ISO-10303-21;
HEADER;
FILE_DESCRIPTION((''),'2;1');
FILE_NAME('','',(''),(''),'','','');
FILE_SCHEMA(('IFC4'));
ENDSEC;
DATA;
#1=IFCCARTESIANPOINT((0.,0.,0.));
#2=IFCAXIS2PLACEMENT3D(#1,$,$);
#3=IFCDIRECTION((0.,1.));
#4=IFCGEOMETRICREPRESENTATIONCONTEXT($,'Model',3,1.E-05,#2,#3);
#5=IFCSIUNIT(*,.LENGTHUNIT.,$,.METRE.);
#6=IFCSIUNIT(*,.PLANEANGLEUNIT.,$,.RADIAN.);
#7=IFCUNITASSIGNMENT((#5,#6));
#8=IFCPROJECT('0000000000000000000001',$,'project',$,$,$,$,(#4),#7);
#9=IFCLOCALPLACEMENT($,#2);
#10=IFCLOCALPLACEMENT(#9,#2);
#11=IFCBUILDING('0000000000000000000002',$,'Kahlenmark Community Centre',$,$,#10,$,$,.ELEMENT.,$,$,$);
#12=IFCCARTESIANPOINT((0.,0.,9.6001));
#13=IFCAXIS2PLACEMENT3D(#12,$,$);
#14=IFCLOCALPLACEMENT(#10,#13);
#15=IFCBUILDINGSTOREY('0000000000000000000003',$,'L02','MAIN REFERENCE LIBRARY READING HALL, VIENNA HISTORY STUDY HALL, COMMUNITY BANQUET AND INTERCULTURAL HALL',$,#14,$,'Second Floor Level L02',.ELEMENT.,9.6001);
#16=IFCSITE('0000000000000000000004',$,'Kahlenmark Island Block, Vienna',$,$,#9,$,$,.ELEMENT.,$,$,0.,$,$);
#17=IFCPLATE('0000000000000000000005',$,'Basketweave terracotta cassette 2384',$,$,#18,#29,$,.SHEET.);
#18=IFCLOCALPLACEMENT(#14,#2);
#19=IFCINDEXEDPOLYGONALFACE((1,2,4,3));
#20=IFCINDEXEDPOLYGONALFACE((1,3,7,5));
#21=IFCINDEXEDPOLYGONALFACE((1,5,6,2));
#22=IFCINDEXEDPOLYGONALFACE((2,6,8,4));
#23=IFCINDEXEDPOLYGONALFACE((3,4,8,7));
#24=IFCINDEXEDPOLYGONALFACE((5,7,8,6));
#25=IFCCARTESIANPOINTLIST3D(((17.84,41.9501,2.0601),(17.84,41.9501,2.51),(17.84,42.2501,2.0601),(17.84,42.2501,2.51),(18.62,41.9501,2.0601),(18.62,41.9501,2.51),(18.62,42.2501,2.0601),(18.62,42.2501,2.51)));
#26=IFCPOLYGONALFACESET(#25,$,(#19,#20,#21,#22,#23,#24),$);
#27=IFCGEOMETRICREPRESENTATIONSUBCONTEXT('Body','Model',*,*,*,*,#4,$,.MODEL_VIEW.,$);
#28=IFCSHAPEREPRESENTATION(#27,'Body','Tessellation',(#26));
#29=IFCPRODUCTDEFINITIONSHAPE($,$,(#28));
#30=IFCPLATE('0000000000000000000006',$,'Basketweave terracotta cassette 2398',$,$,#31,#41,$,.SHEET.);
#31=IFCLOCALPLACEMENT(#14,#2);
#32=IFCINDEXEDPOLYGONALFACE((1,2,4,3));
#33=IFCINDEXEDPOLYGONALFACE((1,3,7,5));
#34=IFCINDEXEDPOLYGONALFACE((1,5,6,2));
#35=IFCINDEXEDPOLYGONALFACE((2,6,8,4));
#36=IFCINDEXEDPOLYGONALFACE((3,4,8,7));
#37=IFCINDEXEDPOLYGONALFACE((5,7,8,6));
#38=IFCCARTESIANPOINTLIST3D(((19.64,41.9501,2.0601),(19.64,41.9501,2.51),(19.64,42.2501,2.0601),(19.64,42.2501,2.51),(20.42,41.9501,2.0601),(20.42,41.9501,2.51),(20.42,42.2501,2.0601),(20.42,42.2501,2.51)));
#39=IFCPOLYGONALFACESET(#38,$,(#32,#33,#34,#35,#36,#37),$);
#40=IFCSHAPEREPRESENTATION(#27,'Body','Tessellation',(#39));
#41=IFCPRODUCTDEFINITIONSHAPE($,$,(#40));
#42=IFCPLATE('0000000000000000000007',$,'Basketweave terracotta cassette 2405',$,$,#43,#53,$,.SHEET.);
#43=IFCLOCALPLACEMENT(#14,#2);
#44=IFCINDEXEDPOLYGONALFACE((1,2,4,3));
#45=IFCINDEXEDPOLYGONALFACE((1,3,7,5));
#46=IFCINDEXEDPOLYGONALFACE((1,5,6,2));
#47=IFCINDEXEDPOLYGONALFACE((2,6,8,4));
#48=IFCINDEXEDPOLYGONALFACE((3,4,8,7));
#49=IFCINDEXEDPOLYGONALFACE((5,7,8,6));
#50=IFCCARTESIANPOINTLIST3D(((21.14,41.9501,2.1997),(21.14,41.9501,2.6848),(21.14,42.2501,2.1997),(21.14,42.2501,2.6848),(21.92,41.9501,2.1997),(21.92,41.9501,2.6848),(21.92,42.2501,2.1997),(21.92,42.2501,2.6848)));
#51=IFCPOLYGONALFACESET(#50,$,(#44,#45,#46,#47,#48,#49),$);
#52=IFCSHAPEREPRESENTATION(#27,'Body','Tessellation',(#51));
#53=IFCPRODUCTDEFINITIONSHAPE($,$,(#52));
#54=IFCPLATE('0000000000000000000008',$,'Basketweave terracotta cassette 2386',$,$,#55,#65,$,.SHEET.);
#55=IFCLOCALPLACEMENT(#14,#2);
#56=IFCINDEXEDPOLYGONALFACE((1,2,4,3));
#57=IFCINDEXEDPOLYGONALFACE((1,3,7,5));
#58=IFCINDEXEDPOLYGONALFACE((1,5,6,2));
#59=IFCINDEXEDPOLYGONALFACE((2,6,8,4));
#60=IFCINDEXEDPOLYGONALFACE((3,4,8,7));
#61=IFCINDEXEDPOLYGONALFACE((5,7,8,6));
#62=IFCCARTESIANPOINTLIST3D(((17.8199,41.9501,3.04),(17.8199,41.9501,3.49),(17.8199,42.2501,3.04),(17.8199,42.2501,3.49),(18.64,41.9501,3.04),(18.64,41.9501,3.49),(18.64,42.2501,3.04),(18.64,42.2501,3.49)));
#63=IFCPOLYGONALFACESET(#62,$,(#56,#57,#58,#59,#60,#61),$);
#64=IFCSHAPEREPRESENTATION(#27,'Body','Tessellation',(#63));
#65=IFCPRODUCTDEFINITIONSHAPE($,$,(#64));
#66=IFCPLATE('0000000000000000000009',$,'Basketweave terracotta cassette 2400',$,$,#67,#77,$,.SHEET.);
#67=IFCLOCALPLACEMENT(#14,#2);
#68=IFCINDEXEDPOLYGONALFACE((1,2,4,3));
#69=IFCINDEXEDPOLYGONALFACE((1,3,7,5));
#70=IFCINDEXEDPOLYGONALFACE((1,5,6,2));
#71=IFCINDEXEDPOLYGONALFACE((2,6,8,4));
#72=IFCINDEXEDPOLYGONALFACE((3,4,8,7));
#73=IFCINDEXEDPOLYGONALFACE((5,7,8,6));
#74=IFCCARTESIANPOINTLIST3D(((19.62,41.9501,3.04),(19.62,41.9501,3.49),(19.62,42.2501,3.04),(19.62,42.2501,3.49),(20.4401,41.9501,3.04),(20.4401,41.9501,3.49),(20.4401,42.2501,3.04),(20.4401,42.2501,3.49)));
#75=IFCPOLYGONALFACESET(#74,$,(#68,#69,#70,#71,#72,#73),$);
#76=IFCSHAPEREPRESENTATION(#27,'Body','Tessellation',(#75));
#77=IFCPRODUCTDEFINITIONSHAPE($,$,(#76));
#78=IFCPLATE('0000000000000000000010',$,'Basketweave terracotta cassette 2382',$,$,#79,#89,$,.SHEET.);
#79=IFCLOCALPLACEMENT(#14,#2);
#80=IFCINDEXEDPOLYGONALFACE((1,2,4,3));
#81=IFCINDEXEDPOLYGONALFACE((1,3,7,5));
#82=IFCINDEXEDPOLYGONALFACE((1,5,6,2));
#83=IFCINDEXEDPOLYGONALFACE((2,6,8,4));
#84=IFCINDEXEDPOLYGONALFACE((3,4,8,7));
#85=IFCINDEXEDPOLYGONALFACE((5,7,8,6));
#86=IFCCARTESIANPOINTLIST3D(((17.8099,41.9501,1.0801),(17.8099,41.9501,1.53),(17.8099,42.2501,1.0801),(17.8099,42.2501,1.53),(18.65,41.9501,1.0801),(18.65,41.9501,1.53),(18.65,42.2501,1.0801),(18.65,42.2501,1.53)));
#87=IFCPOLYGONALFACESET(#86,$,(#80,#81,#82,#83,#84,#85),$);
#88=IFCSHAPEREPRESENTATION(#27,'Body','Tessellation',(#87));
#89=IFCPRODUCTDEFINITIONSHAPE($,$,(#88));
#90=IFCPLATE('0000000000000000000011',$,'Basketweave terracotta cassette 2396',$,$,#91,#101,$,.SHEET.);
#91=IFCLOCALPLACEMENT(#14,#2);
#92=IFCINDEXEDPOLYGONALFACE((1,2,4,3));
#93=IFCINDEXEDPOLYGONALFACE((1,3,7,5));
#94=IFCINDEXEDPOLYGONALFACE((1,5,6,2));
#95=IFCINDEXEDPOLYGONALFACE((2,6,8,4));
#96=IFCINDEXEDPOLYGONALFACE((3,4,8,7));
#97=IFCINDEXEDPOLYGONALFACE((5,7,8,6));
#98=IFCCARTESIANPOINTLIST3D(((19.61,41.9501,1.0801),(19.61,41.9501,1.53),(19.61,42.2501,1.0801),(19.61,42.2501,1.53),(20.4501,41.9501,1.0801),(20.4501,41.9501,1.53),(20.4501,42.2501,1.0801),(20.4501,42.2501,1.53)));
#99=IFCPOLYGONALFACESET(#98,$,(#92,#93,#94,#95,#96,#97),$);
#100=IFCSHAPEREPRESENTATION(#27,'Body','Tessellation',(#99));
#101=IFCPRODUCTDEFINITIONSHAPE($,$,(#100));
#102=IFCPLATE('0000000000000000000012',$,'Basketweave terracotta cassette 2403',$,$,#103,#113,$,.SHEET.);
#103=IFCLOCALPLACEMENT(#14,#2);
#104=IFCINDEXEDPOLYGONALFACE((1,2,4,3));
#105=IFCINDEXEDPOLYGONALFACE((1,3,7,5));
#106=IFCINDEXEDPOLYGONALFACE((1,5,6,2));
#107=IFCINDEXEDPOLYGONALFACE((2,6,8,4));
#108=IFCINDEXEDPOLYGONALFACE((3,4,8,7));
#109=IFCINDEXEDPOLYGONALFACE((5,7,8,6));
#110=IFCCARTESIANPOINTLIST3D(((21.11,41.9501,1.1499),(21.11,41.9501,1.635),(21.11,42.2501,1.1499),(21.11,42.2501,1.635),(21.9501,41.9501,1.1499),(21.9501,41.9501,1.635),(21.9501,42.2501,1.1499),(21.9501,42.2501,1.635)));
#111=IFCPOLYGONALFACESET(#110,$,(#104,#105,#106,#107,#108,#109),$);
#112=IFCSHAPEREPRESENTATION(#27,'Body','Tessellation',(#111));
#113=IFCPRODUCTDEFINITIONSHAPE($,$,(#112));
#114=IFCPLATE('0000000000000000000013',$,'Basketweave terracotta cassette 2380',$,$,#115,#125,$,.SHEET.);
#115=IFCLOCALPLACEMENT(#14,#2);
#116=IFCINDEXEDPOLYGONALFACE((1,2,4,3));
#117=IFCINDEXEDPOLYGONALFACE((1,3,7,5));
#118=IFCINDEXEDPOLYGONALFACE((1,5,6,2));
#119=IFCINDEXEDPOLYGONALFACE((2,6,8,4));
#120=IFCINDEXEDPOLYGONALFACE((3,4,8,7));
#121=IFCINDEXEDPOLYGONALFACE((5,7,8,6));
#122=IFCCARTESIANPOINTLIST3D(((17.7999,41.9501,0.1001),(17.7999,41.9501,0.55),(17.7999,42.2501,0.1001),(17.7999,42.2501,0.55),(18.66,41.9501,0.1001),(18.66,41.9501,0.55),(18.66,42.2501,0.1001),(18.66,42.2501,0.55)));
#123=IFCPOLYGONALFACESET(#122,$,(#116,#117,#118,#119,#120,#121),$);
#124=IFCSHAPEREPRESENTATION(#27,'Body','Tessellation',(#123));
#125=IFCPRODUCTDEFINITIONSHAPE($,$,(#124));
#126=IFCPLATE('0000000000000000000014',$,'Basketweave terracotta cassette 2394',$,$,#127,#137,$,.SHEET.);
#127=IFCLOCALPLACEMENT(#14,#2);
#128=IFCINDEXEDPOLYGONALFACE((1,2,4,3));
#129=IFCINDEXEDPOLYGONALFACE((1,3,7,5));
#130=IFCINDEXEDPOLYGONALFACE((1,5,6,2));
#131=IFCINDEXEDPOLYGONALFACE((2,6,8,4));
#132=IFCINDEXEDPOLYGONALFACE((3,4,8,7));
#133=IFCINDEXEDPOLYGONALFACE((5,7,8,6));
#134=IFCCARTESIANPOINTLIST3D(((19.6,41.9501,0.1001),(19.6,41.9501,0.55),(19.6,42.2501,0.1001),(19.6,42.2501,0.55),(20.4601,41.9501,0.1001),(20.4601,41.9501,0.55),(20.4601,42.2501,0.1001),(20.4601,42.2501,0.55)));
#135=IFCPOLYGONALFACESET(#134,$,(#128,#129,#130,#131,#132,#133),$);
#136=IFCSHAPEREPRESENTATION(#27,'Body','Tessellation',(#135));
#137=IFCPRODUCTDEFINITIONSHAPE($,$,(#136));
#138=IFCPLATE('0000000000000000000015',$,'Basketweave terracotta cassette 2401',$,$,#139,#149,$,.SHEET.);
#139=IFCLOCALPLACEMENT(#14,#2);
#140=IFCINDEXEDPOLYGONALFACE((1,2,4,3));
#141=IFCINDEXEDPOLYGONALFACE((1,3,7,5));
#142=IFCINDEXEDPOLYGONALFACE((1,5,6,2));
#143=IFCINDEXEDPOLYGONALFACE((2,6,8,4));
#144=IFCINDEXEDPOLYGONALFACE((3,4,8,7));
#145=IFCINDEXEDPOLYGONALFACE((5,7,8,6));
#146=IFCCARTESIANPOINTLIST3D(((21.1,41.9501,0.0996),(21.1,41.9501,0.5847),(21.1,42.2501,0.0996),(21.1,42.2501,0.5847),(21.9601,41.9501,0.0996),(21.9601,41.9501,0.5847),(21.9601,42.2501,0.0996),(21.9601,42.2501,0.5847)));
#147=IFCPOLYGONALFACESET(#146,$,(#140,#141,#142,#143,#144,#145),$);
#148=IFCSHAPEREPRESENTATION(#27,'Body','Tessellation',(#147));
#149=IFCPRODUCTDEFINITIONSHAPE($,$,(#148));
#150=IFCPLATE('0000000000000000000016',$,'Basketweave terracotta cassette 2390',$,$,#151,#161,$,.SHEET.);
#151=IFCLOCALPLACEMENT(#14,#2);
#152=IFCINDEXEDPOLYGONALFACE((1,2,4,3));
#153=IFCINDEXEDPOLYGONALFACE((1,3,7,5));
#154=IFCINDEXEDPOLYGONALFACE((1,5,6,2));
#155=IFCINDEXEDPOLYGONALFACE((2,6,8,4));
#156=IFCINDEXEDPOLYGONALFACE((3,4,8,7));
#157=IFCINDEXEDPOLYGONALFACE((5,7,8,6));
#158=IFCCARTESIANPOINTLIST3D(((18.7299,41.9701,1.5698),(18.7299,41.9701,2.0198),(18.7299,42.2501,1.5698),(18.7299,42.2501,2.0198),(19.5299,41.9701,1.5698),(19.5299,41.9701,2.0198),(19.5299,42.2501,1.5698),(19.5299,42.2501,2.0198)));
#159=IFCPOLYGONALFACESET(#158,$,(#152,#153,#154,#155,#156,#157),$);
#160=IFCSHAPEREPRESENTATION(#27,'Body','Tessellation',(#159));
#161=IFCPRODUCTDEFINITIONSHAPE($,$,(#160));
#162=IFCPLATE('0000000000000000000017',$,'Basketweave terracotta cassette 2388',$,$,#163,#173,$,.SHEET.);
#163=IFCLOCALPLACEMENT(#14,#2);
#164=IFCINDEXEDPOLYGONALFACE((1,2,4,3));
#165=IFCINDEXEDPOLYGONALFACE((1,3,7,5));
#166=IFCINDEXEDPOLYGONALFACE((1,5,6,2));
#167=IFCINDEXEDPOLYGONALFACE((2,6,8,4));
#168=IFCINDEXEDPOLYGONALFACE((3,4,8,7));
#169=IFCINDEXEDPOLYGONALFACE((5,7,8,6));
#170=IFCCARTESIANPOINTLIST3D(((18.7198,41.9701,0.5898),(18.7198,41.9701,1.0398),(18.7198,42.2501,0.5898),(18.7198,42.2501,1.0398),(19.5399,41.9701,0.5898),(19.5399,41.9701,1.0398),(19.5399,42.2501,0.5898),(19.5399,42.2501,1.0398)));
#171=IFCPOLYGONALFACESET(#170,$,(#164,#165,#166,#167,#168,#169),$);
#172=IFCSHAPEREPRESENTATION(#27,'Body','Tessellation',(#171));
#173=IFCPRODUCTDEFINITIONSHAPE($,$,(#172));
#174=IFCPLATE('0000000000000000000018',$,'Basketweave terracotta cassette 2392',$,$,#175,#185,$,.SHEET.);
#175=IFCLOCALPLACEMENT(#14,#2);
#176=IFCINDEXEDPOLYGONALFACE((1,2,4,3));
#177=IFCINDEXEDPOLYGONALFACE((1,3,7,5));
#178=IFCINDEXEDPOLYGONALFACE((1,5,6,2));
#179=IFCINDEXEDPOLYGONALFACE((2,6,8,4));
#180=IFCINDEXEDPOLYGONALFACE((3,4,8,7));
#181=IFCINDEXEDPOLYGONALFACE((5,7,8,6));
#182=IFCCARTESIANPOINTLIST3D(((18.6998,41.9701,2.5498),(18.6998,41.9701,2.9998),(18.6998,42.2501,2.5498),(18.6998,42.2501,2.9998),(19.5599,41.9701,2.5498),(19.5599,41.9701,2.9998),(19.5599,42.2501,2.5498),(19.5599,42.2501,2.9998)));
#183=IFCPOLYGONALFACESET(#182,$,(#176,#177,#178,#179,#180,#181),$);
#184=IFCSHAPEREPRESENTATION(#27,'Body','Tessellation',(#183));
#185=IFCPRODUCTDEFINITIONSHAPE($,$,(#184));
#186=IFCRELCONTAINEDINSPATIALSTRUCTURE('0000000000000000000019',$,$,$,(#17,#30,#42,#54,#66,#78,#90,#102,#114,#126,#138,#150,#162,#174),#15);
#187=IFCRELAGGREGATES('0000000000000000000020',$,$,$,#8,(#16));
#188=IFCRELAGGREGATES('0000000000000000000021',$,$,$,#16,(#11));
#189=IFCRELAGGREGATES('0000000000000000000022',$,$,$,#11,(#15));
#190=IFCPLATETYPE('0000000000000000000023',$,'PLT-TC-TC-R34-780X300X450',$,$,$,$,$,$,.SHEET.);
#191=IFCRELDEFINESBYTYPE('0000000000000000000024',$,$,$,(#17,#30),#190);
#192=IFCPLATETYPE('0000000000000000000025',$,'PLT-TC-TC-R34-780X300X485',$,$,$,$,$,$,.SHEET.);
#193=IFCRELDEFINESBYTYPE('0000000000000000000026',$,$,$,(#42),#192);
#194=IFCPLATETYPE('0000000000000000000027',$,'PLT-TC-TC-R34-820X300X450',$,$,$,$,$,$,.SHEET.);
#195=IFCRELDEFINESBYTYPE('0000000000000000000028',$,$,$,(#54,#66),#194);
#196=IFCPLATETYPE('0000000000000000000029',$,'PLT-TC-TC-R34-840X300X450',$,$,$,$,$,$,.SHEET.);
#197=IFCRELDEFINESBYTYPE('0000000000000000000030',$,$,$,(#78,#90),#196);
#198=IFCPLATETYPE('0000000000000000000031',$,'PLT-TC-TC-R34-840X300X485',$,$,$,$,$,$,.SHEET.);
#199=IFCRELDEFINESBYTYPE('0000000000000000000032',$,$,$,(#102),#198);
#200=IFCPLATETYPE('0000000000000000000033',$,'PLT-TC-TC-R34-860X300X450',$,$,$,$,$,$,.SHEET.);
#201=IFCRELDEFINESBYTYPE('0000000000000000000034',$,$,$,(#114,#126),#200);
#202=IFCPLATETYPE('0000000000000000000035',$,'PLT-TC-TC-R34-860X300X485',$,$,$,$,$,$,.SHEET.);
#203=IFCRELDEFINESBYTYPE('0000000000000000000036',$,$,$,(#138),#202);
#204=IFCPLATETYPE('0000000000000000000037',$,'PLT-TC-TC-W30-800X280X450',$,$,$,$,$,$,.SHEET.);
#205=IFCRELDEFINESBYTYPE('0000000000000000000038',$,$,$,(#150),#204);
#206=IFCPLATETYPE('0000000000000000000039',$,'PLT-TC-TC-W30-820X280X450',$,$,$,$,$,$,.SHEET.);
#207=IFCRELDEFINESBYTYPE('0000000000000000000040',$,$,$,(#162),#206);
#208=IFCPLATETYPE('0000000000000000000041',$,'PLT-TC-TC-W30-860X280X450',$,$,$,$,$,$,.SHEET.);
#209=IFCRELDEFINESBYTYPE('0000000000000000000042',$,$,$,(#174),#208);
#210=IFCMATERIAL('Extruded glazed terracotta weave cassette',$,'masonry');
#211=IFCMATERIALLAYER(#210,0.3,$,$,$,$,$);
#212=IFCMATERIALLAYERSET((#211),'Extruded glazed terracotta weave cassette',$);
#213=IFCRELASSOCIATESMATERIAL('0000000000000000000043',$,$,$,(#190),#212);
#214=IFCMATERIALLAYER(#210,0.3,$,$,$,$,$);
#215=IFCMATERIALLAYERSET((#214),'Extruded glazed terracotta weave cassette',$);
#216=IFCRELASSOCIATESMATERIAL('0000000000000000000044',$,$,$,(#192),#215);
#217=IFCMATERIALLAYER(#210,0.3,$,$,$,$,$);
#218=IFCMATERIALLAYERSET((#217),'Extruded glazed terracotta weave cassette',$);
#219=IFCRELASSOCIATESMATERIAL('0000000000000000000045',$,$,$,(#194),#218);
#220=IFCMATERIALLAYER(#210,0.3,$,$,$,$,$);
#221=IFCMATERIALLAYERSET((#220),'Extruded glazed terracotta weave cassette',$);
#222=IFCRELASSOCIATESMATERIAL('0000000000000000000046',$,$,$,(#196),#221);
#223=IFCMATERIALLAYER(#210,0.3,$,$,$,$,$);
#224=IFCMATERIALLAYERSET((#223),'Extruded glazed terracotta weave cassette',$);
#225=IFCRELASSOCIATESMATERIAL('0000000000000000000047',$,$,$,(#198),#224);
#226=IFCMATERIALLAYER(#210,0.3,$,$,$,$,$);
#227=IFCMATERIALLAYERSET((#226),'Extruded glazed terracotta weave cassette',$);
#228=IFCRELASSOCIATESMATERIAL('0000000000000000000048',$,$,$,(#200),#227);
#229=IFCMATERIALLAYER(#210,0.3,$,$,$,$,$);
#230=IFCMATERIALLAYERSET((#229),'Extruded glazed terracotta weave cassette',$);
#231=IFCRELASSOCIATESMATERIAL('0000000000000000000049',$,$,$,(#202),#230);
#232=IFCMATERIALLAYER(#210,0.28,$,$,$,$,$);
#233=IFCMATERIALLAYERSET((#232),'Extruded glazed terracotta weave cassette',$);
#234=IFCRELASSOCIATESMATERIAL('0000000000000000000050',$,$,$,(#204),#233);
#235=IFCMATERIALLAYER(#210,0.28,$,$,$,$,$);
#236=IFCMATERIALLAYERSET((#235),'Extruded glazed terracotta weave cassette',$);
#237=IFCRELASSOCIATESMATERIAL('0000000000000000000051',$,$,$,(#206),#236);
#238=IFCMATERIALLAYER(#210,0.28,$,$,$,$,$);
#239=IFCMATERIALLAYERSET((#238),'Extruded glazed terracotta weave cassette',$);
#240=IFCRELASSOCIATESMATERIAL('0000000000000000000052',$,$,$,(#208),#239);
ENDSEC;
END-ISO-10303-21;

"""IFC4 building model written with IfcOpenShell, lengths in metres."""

from ifc_helpers import new_model, si_unit, direction, frame, origin, origin_2d, place, context, subcontext, project, spatial, rectangle, extrude, material, layer, layer_set, type_object, element, save


model = new_model("IFC4")

# Units and contexts
model_context = context("Model", 3, precision=1e-05, world=origin(), true_north=direction((0.0, 1.0)))
body_context = subcontext(model_context, "Body", "Model", "MODEL_VIEW")
ifc_project = project(units=[si_unit("LENGTHUNIT", "METRE"), si_unit("PLANEANGLEUNIT", "RADIAN")], contexts=[model_context])

# Site, building, storey
site_placement = place(None, origin())
site = spatial("IfcSite", under=ifc_project, at=site_placement, Name="Kahlenmark Island Block, Vienna", CompositionType="ELEMENT", RefElevation=0.0)
building_placement = place(site_placement, origin())
building = spatial("IfcBuilding", under=site, at=building_placement, Name="Kahlenmark Community Centre", CompositionType="ELEMENT")
storey_placement = place(building_placement, frame((0.0, 0.0, 9.6001)))
storey = spatial("IfcBuildingStorey", under=building, at=storey_placement, Name="L02", Description="MAIN REFERENCE LIBRARY READING HALL, VIENNA HISTORY STUDY HALL, COMMUNITY BANQUET AND INTERCULTURAL HALL", LongName="Second Floor Level L02", CompositionType="ELEMENT", Elevation=9.6001)

# Plates
ifc_material_1 = material(Name="Extruded glazed terracotta weave cassette", Category="masonry")
ifc_layer_1 = layer(ifc_material_1, 0.3)
ifc_layer_set_1 = layer_set([ifc_layer_1], Name="Extruded glazed terracotta weave cassette")
plate_type_1 = type_object("IfcPlateType", Name="PLT-TC-TC-R34-780X300X450", PredefinedType="SHEET", material=ifc_layer_set_1)
for number, where, z_axis, x_axis, name in (
    (1, (18.23, 42.1001, 2.0601), (0.0, 0.0, 1.0), (1.0, 0.0, 0.0), "Basketweave terracotta cassette 2384"),
    (2, (20.03, 42.1001, 2.0601), (0.0, 0.0, 1.0), (1.0, 0.0, 0.0), "Basketweave terracotta cassette 2398"),
):
    element("IfcPlate", number, at=place(storey_placement, frame(where, z_axis=z_axis, x_axis=x_axis)), inside=storey, type_object=plate_type_1, Name=name, PredefinedType="SHEET", context=body_context, shape_type="SweptSolid", body=[
        extrude(rectangle(XDim=0.78, YDim=0.3, at=origin_2d()), origin(), (0.0, 0.0, 1.0), 0.45),
    ])
ifc_layer_2 = layer(ifc_material_1, 0.3)
ifc_layer_set_2 = layer_set([ifc_layer_2], Name="Extruded glazed terracotta weave cassette")
plate_type_2 = type_object("IfcPlateType", Name="PLT-TC-TC-R34-780X300X485", PredefinedType="SHEET", material=ifc_layer_set_2)
plate_1_placement = place(storey_placement, frame((21.53, 42.1001, 2.1997), z_axis=(0.0, 0.0, 1.0), x_axis=(1.0, 0.0, 0.0)))
element("IfcPlate", 3, at=plate_1_placement, inside=storey, type_object=plate_type_2, Name="Basketweave terracotta cassette 2405", PredefinedType="SHEET", context=body_context, shape_type="SweptSolid", body=[
    extrude(rectangle(XDim=0.78, YDim=0.3, at=origin_2d()), origin(), (0.0, 0.0, 1.0), 0.4851),
])
ifc_layer_3 = layer(ifc_material_1, 0.3)
ifc_layer_set_3 = layer_set([ifc_layer_3], Name="Extruded glazed terracotta weave cassette")
plate_type_3 = type_object("IfcPlateType", Name="PLT-TC-TC-R34-820X300X450", PredefinedType="SHEET", material=ifc_layer_set_3)
for number, where, z_axis, x_axis, name in (
    (4, (18.23, 42.1001, 3.04), (0.0, 0.0, 1.0), (1.0, 0.0, 0.0), "Basketweave terracotta cassette 2386"),
    (5, (20.03, 42.1001, 3.04), (0.0, 0.0, 1.0), (1.0, 0.0, 0.0), "Basketweave terracotta cassette 2400"),
):
    element("IfcPlate", number, at=place(storey_placement, frame(where, z_axis=z_axis, x_axis=x_axis)), inside=storey, type_object=plate_type_3, Name=name, PredefinedType="SHEET", context=body_context, shape_type="SweptSolid", body=[
        extrude(rectangle(XDim=0.8201, YDim=0.3, at=origin_2d()), origin(), (0.0, 0.0, 1.0), 0.45),
    ])
ifc_layer_4 = layer(ifc_material_1, 0.3)
ifc_layer_set_4 = layer_set([ifc_layer_4], Name="Extruded glazed terracotta weave cassette")
plate_type_4 = type_object("IfcPlateType", Name="PLT-TC-TC-R34-840X300X450", PredefinedType="SHEET", material=ifc_layer_set_4)
for number, where, z_axis, x_axis, name in (
    (6, (18.23, 42.1001, 1.0801), (0.0, 0.0, 1.0), (1.0, 0.0, 0.0), "Basketweave terracotta cassette 2382"),
    (7, (20.03, 42.1001, 1.0801), (0.0, 0.0, 1.0), (1.0, 0.0, 0.0), "Basketweave terracotta cassette 2396"),
):
    element("IfcPlate", number, at=place(storey_placement, frame(where, z_axis=z_axis, x_axis=x_axis)), inside=storey, type_object=plate_type_4, Name=name, PredefinedType="SHEET", context=body_context, shape_type="SweptSolid", body=[
        extrude(rectangle(XDim=0.8401, YDim=0.3, at=origin_2d()), origin(), (0.0, 0.0, 1.0), 0.45),
    ])
ifc_layer_5 = layer(ifc_material_1, 0.3)
ifc_layer_set_5 = layer_set([ifc_layer_5], Name="Extruded glazed terracotta weave cassette")
plate_type_5 = type_object("IfcPlateType", Name="PLT-TC-TC-R34-840X300X485", PredefinedType="SHEET", material=ifc_layer_set_5)
plate_2_placement = place(storey_placement, frame((21.53, 42.1001, 1.1499), z_axis=(0.0, 0.0, 1.0), x_axis=(1.0, 0.0, 0.0)))
element("IfcPlate", 8, at=plate_2_placement, inside=storey, type_object=plate_type_5, Name="Basketweave terracotta cassette 2403", PredefinedType="SHEET", context=body_context, shape_type="SweptSolid", body=[
    extrude(rectangle(XDim=0.8401, YDim=0.3, at=origin_2d()), origin(), (0.0, 0.0, 1.0), 0.4851),
])
ifc_layer_6 = layer(ifc_material_1, 0.3)
ifc_layer_set_6 = layer_set([ifc_layer_6], Name="Extruded glazed terracotta weave cassette")
plate_type_6 = type_object("IfcPlateType", Name="PLT-TC-TC-R34-860X300X450", PredefinedType="SHEET", material=ifc_layer_set_6)
for number, where, z_axis, x_axis, name in (
    (9, (18.23, 42.1001, 0.1001), (0.0, 0.0, 1.0), (1.0, 0.0, 0.0), "Basketweave terracotta cassette 2380"),
    (10, (20.03, 42.1001, 0.1001), (0.0, 0.0, 1.0), (1.0, 0.0, 0.0), "Basketweave terracotta cassette 2394"),
):
    element("IfcPlate", number, at=place(storey_placement, frame(where, z_axis=z_axis, x_axis=x_axis)), inside=storey, type_object=plate_type_6, Name=name, PredefinedType="SHEET", context=body_context, shape_type="SweptSolid", body=[
        extrude(rectangle(XDim=0.8601, YDim=0.3, at=origin_2d()), origin(), (0.0, 0.0, 1.0), 0.45),
    ])
ifc_layer_7 = layer(ifc_material_1, 0.3)
ifc_layer_set_7 = layer_set([ifc_layer_7], Name="Extruded glazed terracotta weave cassette")
plate_type_7 = type_object("IfcPlateType", Name="PLT-TC-TC-R34-860X300X485", PredefinedType="SHEET", material=ifc_layer_set_7)
plate_3_placement = place(storey_placement, frame((21.53, 42.1001, 0.0996), z_axis=(0.0, 0.0, 1.0), x_axis=(1.0, 0.0, 0.0)))
element("IfcPlate", 11, at=plate_3_placement, inside=storey, type_object=plate_type_7, Name="Basketweave terracotta cassette 2401", PredefinedType="SHEET", context=body_context, shape_type="SweptSolid", body=[
    extrude(rectangle(XDim=0.8601, YDim=0.3, at=origin_2d()), origin(), (0.0, 0.0, 1.0), 0.4851),
])
ifc_layer_8 = layer(ifc_material_1, 0.28)
ifc_layer_set_8 = layer_set([ifc_layer_8], Name="Extruded glazed terracotta weave cassette")
plate_type_8 = type_object("IfcPlateType", Name="PLT-TC-TC-W30-800X280X450", PredefinedType="SHEET", material=ifc_layer_set_8)
plate_4_placement = place(storey_placement, frame((19.1299, 42.1101, 1.5698), z_axis=(0.0, 0.0, 1.0), x_axis=(1.0, 0.0, 0.0)))
element("IfcPlate", 12, at=plate_4_placement, inside=storey, type_object=plate_type_8, Name="Basketweave terracotta cassette 2390", PredefinedType="SHEET", context=body_context, shape_type="SweptSolid", body=[
    extrude(rectangle(XDim=0.8, YDim=0.28, at=origin_2d()), origin(), (0.0, 0.0, 1.0), 0.45),
])
ifc_layer_9 = layer(ifc_material_1, 0.28)
ifc_layer_set_9 = layer_set([ifc_layer_9], Name="Extruded glazed terracotta weave cassette")
plate_type_9 = type_object("IfcPlateType", Name="PLT-TC-TC-W30-820X280X450", PredefinedType="SHEET", material=ifc_layer_set_9)
plate_5_placement = place(storey_placement, frame((19.1299, 42.1101, 0.5898), z_axis=(0.0, 0.0, 1.0), x_axis=(1.0, 0.0, 0.0)))
element("IfcPlate", 13, at=plate_5_placement, inside=storey, type_object=plate_type_9, Name="Basketweave terracotta cassette 2388", PredefinedType="SHEET", context=body_context, shape_type="SweptSolid", body=[
    extrude(rectangle(XDim=0.8201, YDim=0.28, at=origin_2d()), origin(), (0.0, 0.0, 1.0), 0.45),
])
ifc_layer_10 = layer(ifc_material_1, 0.28)
ifc_layer_set_10 = layer_set([ifc_layer_10], Name="Extruded glazed terracotta weave cassette")
plate_type_10 = type_object("IfcPlateType", Name="PLT-TC-TC-W30-860X280X450", PredefinedType="SHEET", material=ifc_layer_set_10)
plate_6_placement = place(storey_placement, frame((19.1299, 42.1101, 2.5498), z_axis=(0.0, 0.0, 1.0), x_axis=(1.0, 0.0, 0.0)))
element("IfcPlate", 14, at=plate_6_placement, inside=storey, type_object=plate_type_10, Name="Basketweave terracotta cassette 2392", PredefinedType="SHEET", context=body_context, shape_type="SweptSolid", body=[
    extrude(rectangle(XDim=0.8601, YDim=0.28, at=origin_2d()), origin(), (0.0, 0.0, 1.0), 0.45),
])

save(model, "model.ifc")
